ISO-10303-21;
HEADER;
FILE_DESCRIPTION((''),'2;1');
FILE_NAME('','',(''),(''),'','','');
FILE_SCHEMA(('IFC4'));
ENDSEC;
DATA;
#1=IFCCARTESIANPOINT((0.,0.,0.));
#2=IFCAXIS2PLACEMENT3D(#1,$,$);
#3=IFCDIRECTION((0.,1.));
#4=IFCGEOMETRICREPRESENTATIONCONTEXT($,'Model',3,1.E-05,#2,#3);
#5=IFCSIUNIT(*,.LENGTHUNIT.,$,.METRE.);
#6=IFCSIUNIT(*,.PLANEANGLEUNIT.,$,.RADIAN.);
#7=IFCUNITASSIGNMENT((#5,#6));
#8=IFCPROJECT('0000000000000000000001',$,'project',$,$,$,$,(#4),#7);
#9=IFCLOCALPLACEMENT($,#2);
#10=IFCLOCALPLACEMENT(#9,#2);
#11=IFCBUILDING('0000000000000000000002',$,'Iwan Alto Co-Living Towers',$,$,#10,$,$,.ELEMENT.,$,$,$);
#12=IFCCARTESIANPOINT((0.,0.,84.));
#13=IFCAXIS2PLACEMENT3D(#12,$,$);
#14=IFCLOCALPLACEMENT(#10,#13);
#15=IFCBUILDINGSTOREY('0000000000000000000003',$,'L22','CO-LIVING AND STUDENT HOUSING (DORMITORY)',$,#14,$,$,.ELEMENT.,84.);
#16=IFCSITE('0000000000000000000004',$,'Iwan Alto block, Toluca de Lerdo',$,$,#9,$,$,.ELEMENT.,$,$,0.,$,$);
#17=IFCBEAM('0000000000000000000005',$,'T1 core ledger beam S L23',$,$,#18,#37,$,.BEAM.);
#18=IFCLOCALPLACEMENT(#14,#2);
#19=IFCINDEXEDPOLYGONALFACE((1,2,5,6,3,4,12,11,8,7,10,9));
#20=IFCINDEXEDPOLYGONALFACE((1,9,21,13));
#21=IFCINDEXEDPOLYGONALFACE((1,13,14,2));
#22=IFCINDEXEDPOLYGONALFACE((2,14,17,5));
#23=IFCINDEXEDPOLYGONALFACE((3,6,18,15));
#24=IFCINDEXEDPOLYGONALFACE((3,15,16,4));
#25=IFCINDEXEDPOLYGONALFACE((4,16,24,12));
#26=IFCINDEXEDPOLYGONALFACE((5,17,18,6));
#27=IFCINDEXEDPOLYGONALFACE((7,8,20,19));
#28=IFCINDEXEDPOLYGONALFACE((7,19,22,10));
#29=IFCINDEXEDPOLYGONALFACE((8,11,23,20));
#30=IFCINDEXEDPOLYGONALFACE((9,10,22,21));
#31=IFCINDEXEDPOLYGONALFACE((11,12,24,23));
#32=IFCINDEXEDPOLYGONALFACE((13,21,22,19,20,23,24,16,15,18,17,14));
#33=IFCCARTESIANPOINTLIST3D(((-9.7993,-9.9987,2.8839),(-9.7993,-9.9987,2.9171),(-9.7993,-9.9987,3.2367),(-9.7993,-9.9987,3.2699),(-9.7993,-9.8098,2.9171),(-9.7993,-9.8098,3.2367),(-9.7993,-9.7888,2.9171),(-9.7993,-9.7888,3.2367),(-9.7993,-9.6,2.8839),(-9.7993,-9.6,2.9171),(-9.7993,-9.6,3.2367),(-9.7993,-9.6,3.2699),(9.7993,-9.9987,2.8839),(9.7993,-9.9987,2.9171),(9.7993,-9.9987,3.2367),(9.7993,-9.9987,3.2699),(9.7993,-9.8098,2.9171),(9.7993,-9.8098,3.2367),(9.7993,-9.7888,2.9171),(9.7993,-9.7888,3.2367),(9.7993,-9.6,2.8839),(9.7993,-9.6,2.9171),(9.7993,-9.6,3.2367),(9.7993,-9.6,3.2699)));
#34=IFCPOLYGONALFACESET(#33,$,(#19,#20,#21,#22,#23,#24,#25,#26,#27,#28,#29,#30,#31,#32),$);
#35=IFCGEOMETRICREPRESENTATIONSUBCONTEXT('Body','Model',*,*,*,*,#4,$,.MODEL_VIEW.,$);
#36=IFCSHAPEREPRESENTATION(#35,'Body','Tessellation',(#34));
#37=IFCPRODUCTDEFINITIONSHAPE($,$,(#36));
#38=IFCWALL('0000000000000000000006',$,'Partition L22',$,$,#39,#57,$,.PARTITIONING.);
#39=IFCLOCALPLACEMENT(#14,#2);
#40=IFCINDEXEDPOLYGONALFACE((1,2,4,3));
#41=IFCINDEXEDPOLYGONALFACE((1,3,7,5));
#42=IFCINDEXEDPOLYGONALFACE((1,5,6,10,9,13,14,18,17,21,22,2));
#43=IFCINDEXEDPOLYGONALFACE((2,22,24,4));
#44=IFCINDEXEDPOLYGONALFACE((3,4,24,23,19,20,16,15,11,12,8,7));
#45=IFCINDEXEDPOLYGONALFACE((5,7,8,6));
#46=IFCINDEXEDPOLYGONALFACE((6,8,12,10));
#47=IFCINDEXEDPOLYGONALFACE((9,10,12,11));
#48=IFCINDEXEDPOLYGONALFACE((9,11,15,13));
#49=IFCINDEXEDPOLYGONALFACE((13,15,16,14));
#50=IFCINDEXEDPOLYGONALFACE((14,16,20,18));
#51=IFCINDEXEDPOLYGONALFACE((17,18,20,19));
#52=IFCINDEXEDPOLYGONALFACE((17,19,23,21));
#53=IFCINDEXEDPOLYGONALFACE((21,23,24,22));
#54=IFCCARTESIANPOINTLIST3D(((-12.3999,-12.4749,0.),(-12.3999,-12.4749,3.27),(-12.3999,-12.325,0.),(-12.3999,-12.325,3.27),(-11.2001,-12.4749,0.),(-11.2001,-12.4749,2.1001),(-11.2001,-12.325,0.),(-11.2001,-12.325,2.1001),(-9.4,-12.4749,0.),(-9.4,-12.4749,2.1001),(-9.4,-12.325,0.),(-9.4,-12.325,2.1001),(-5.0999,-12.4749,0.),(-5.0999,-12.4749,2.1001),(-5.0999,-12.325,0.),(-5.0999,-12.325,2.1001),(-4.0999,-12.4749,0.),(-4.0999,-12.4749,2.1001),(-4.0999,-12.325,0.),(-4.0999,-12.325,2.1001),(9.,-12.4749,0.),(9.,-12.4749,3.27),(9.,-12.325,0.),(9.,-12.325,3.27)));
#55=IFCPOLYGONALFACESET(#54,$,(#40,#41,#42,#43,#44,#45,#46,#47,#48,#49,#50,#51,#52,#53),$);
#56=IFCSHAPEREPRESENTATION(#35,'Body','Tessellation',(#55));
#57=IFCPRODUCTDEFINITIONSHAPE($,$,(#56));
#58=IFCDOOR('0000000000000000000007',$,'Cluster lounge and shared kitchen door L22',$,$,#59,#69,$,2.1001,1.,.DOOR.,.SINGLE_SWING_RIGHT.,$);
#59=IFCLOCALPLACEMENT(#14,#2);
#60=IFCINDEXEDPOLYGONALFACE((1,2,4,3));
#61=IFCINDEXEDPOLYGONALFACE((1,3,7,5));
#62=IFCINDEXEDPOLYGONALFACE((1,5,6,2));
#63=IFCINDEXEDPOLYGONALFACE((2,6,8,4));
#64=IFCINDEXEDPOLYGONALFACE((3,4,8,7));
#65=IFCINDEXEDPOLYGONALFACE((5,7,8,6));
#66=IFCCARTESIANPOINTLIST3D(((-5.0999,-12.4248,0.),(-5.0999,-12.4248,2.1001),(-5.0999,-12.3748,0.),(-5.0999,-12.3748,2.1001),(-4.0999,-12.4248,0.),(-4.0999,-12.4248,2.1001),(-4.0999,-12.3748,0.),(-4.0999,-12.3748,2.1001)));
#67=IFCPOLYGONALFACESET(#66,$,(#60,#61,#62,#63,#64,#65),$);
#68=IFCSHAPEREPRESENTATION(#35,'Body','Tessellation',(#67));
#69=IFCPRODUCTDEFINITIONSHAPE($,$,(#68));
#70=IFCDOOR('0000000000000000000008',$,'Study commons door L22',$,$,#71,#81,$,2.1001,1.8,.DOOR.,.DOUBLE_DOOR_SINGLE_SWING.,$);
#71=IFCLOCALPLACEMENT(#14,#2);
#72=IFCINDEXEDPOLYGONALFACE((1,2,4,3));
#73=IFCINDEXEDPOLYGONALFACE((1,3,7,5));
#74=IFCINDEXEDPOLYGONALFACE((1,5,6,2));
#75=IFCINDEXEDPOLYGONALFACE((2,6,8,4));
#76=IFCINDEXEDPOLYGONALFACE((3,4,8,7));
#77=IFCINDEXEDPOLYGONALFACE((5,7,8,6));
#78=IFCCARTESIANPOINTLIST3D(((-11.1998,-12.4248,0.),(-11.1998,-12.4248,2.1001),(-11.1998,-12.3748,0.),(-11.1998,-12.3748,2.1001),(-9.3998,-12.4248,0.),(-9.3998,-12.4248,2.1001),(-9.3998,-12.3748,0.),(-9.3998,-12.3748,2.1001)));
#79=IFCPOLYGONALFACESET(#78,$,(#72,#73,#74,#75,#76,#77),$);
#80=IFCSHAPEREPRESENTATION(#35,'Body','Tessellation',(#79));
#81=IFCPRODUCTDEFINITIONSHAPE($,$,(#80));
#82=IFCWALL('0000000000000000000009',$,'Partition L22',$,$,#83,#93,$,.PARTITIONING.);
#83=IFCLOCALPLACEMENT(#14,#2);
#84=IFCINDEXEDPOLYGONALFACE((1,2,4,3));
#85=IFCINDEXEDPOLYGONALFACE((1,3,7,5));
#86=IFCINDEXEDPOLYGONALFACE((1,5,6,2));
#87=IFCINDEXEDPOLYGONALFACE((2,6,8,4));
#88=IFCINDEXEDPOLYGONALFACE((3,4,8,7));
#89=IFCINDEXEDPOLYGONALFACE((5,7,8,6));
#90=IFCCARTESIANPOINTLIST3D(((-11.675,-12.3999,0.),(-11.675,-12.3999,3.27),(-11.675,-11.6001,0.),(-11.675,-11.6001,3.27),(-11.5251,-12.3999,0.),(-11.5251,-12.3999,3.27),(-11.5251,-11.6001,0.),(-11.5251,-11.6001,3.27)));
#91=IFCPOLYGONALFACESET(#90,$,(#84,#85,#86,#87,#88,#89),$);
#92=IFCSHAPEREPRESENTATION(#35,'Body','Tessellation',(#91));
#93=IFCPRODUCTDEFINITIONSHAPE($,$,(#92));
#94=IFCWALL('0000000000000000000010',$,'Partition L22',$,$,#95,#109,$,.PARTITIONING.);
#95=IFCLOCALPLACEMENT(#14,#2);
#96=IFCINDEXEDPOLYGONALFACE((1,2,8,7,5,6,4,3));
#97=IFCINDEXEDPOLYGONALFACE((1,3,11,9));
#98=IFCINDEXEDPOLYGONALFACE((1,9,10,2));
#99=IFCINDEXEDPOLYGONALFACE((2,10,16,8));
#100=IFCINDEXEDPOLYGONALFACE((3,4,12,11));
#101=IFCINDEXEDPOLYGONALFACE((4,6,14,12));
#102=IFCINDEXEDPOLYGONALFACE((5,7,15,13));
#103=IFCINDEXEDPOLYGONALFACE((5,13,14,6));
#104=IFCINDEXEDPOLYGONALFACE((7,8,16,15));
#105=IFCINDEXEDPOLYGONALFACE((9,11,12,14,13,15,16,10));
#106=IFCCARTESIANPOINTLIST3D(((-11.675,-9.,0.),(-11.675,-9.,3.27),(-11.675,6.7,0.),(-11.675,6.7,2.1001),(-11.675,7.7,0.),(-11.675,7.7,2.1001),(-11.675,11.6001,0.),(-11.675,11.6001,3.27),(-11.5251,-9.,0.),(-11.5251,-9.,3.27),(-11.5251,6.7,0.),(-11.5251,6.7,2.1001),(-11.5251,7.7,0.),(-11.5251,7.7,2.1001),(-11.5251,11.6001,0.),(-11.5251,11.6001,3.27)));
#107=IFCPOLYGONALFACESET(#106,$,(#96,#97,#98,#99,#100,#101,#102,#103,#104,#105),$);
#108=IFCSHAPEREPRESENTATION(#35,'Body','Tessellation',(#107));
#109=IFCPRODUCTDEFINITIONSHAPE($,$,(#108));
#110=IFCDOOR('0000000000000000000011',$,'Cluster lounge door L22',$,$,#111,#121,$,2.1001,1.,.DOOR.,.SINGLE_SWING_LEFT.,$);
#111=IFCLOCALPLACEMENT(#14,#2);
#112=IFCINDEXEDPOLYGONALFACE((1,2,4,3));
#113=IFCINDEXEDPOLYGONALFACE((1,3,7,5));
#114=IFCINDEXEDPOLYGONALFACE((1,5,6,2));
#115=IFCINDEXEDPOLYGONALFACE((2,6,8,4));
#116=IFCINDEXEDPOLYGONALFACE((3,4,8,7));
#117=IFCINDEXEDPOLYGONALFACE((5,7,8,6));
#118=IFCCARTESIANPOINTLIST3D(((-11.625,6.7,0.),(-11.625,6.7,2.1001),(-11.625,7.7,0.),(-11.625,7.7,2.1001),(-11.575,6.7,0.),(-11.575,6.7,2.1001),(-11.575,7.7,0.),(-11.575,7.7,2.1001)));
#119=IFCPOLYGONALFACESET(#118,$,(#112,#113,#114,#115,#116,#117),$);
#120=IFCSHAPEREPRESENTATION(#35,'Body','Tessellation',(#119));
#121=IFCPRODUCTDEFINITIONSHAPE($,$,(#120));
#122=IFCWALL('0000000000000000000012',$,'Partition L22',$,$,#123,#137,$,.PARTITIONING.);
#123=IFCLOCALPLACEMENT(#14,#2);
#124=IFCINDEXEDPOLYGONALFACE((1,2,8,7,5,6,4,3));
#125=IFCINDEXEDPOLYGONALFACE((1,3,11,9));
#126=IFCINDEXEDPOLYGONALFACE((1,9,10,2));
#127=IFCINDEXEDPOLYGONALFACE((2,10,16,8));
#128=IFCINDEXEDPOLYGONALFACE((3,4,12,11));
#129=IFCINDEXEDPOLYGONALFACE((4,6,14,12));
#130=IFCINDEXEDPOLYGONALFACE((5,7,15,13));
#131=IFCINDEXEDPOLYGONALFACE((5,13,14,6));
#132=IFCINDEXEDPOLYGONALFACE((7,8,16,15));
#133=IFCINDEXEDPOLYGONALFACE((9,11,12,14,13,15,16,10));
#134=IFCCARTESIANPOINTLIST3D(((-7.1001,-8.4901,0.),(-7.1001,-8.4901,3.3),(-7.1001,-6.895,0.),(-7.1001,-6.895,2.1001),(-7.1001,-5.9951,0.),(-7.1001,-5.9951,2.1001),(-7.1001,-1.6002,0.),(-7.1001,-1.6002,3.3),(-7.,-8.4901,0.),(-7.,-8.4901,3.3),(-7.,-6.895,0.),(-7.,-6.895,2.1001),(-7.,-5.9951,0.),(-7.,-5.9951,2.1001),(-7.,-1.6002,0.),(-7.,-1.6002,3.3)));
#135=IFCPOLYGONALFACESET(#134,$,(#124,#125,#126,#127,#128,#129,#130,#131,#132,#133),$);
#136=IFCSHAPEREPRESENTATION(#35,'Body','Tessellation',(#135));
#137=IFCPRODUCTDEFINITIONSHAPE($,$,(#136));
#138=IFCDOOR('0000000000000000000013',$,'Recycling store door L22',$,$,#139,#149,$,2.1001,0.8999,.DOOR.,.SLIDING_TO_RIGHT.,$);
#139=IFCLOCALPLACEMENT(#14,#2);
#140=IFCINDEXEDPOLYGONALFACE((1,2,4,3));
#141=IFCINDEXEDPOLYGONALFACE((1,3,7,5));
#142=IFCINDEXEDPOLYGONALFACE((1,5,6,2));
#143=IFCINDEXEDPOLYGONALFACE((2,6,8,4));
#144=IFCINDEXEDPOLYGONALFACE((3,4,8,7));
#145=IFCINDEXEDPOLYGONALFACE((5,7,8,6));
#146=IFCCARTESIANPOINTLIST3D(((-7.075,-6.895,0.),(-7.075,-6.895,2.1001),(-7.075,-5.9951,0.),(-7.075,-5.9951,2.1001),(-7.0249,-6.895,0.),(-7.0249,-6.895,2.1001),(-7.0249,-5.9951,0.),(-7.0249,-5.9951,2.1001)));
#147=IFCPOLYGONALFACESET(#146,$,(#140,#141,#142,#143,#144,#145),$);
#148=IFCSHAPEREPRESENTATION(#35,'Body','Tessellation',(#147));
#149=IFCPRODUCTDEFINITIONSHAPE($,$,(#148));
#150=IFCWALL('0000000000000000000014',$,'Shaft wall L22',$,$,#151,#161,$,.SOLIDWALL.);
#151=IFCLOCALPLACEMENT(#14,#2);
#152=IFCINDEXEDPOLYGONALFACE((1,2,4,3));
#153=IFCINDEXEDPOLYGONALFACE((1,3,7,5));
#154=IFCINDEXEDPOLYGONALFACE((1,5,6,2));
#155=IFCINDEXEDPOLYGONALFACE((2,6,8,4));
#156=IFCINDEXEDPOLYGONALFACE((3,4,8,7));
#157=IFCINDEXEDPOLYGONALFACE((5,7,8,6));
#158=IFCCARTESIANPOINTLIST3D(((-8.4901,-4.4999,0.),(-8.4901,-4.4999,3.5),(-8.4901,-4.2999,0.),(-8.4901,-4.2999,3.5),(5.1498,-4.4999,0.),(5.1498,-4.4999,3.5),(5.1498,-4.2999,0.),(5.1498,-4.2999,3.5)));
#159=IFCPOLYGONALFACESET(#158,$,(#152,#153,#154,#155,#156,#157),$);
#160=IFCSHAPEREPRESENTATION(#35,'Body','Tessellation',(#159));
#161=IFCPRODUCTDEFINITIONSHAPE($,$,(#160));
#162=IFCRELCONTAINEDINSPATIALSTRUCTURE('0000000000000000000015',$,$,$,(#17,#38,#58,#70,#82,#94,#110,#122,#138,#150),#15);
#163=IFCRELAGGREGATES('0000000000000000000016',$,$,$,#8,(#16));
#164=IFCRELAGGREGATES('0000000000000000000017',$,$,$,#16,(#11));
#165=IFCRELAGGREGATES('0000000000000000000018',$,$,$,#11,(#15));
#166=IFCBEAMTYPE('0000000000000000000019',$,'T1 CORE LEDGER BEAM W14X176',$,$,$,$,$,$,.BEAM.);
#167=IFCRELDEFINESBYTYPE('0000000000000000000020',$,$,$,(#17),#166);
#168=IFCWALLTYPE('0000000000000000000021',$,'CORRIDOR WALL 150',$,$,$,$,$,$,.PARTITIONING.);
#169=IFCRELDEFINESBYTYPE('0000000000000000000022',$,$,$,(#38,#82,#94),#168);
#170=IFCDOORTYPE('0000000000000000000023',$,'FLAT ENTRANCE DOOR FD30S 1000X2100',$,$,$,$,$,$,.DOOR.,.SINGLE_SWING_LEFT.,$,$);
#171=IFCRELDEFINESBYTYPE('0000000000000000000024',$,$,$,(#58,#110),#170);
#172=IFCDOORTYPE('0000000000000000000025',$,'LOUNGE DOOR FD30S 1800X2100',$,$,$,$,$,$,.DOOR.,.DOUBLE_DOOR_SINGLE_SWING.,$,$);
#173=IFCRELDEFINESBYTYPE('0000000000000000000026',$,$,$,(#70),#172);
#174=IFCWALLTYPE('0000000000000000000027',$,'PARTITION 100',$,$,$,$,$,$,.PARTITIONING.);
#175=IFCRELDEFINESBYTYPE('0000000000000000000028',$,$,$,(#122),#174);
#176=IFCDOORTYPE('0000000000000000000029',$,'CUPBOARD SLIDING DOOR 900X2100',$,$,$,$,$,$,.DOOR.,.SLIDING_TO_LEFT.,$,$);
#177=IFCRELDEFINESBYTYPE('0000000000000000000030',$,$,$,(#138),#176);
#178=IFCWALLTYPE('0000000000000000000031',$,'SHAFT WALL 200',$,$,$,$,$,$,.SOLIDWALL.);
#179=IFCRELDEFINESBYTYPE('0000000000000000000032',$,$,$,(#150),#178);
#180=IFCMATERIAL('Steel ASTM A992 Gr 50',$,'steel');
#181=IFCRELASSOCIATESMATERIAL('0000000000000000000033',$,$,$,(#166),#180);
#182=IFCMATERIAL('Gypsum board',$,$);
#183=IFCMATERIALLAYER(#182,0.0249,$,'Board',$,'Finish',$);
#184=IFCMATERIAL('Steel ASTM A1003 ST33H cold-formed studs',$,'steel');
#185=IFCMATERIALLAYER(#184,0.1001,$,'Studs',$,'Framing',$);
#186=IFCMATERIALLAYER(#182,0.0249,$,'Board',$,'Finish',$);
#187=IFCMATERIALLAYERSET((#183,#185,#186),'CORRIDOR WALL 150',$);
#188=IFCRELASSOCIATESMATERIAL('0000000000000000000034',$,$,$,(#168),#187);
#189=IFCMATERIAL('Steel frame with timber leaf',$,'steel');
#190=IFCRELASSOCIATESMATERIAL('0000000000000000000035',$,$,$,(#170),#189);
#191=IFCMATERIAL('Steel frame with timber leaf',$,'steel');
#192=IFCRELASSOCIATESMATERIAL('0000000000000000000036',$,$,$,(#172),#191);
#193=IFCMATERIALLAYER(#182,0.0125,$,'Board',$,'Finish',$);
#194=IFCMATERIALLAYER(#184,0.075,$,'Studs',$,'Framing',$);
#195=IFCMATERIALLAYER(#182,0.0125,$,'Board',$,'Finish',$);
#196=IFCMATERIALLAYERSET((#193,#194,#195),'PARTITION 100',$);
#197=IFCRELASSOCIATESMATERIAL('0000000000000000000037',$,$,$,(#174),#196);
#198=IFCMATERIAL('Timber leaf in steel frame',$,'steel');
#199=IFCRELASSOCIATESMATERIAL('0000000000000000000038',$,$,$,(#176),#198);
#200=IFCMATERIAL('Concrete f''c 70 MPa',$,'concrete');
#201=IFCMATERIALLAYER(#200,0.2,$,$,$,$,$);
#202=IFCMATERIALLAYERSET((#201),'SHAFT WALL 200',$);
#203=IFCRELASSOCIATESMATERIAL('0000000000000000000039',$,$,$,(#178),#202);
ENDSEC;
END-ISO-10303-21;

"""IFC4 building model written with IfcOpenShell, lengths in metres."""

from ifc_helpers import new_model, si_unit, direction, frame, frame_2d, origin, origin_2d, place, context, subcontext, project, spatial, rectangle, i_section, extrude, material, layer, layer_set, material_profile, profile_set, type_object, element, fill, save


model = new_model("IFC4")

# Units and contexts
model_context = context("Model", 3, precision=1e-05, world=origin(), true_north=direction((0.0, 1.0)))
body_context = subcontext(model_context, "Body", "Model", "MODEL_VIEW")
ifc_project = project(units=[si_unit("LENGTHUNIT", "METRE"), si_unit("PLANEANGLEUNIT", "RADIAN")], contexts=[model_context])

# Site, building, storey
site_placement = place(None, origin())
site = spatial("IfcSite", under=ifc_project, at=site_placement, Name="Iwan Alto block, Toluca de Lerdo", CompositionType="ELEMENT", RefElevation=0.0)
building_placement = place(site_placement, origin())
building = spatial("IfcBuilding", under=site, at=building_placement, Name="Iwan Alto Co-Living Towers", CompositionType="ELEMENT")
storey_placement = place(building_placement, frame((0.0, 0.0, 84.0)))
storey = spatial("IfcBuildingStorey", under=building, at=storey_placement, Name="L22", Description="CO-LIVING AND STUDENT HOUSING (DORMITORY)", CompositionType="ELEMENT", Elevation=84.0)

# Beam
ifc_material_1 = material(Name="Steel ASTM A992 Gr 50", Category="steel")
ifc_material_profile = material_profile(ifc_material_1, i_section(OverallWidth=0.3987, OverallDepth=0.386, WebThickness=0.021, FlangeThickness=0.0332, at=origin_2d()), Name="W14X176")
ifc_profile_set = profile_set([ifc_material_profile], Name="Steel ASTM A992 Gr 50")
beam_type = type_object("IfcBeamType", Name="T1 CORE LEDGER BEAM W14X176", PredefinedType="BEAM", material=ifc_profile_set)
beam_placement = place(storey_placement, frame((-9.7993, -9.7993, 3.0769), z_axis=(1.0, 0.0, 0.0), x_axis=(0.0, 1.0, 0.0)))
element("IfcBeam", 1, at=beam_placement, inside=storey, type_object=beam_type, Name="T1 core ledger beam S L23", PredefinedType="BEAM", context=body_context, shape_type="SweptSolid", body=[
    extrude(i_section(OverallWidth=0.3987, OverallDepth=0.386, WebThickness=0.021, FlangeThickness=0.0332, at=origin_2d()), origin(), (0.0, 0.0, 1.0), 19.5986),
])

# Wall, openings, doors
ifc_material_2 = material(Name="Gypsum board")
ifc_layer_1 = layer(ifc_material_2, 0.0249, Name="Board", Category="Finish")
ifc_material_3 = material(Name="Steel ASTM A1003 ST33H cold-formed studs", Category="steel")
ifc_layer_2 = layer(ifc_material_3, 0.1001, Name="Studs", Category="Framing")
ifc_layer_3 = layer(ifc_material_2, 0.0249, Name="Board", Category="Finish")
ifc_layer_set_1 = layer_set([ifc_layer_1, ifc_layer_2, ifc_layer_3], Name="CORRIDOR WALL 150")
wall_type_1 = type_object("IfcWallType", Name="CORRIDOR WALL 150", PredefinedType="PARTITIONING", material=ifc_layer_set_1)
wall_1_placement = place(storey_placement, frame((-12.3999, -12.3999, 0.0), z_axis=(0.0, 0.0, 1.0), x_axis=(1.0, 0.0, 0.0)))
wall_1 = element("IfcWall", 2, at=wall_1_placement, inside=storey, type_object=wall_type_1, Name="Partition L22", PredefinedType="PARTITIONING", context=body_context, shape_type="SweptSolid", body=[
    extrude(rectangle(XDim=21.3999, YDim=0.1499, at=frame_2d((10.7, 0.0))), origin(), (0.0, 0.0, 1.0), 3.27),
])
opening_1_placement = place(wall_1_placement, frame((1.2, 0.0, 0.0)))
opening_1 = element("IfcOpeningElement", 3, at=opening_1_placement, cuts=wall_1, PredefinedType="OPENING", context=body_context, shape_type="SweptSolid", body=[
    extrude(rectangle(XDim=1.8, YDim=2.1001, at=frame_2d((0.8999, 1.05))), frame((0.0, 0.085, 0.0), z_axis=(0.0, -1.0, 0.0), x_axis=(1.0, 0.0, 0.0)), (0.0, 0.0, 1.0), 0.1699),
])
opening_2_placement = place(wall_1_placement, frame((7.3, 0.0, 0.0)))
opening_2 = element("IfcOpeningElement", 4, at=opening_2_placement, cuts=wall_1, PredefinedType="OPENING", context=body_context, shape_type="SweptSolid", body=[
    extrude(rectangle(XDim=1.0, YDim=2.1001, at=frame_2d((0.5, 1.05))), frame((0.0, 0.085, 0.0), z_axis=(0.0, -1.0, 0.0), x_axis=(1.0, 0.0, 0.0)), (0.0, 0.0, 1.0), 0.1699),
])
ifc_material_4 = material(Name="Steel frame with timber leaf", Category="steel")
door_type_1 = type_object("IfcDoorType", Name="FLAT ENTRANCE DOOR FD30S 1000X2100", OperationType="SINGLE_SWING_LEFT", PredefinedType="DOOR", material=ifc_material_4)
door_1_placement = place(opening_2_placement, frame((1.0, 0.0, 0.0), z_axis=(0.0, 0.0, 1.0), x_axis=(-1.0, 0.0, 0.0)))
door_1 = element("IfcDoor", 5, at=door_1_placement, inside=storey, type_object=door_type_1, Name="Cluster lounge and shared kitchen door L22", OperationType="SINGLE_SWING_RIGHT", OverallHeight=2.1001, OverallWidth=1.0, PredefinedType="DOOR", context=body_context, shape_type="SweptSolid", body=[
    extrude(rectangle(XDim=1.0, YDim=2.1001, at=frame_2d((0.5, 1.05))), frame((0.0, 0.0249, 0.0), z_axis=(0.0, -1.0, 0.0), x_axis=(1.0, 0.0, 0.0)), (0.0, 0.0, 1.0), 0.05),
])
fill(opening_2, door_1)
ifc_material_5 = material(Name="Steel frame with timber leaf", Category="steel")
door_type_2 = type_object("IfcDoorType", Name="LOUNGE DOOR FD30S 1800X2100", OperationType="DOUBLE_DOOR_SINGLE_SWING", PredefinedType="DOOR", material=ifc_material_5)
door_2_placement = place(opening_1_placement, frame((1.8, 0.0, 0.0), z_axis=(0.0, 0.0, 1.0), x_axis=(-1.0, 0.0, 0.0)))
door_2 = element("IfcDoor", 6, at=door_2_placement, inside=storey, type_object=door_type_2, Name="Study commons door L22", OperationType="DOUBLE_DOOR_SINGLE_SWING", OverallHeight=2.1001, OverallWidth=1.8, PredefinedType="DOOR", context=body_context, shape_type="SweptSolid", body=[
    extrude(rectangle(XDim=1.8, YDim=2.1001, at=frame_2d((0.8999, 1.05))), frame((0.0, 0.0249, 0.0), z_axis=(0.0, -1.0, 0.0), x_axis=(1.0, 0.0, 0.0)), (0.0, 0.0, 1.0), 0.05),
])
fill(opening_1, door_2)

# Wall
wall_2_placement = place(storey_placement, frame((-11.6001, -12.3999, 0.0), z_axis=(0.0, 0.0, 1.0), x_axis=(0.0, 1.0, 0.0)))
element("IfcWall", 7, at=wall_2_placement, inside=storey, type_object=wall_type_1, Name="Partition L22", PredefinedType="PARTITIONING", context=body_context, shape_type="SweptSolid", body=[
    extrude(rectangle(XDim=0.7998, YDim=0.1499, at=frame_2d((0.3999, 0.0))), origin(), (0.0, 0.0, 1.0), 3.27),
])

# Walls, openings, doors
wall_3_placement = place(storey_placement, frame((-11.6001, -9.0, 0.0), z_axis=(0.0, 0.0, 1.0), x_axis=(0.0, 1.0, 0.0)))
wall_3 = element("IfcWall", 8, at=wall_3_placement, inside=storey, type_object=wall_type_1, Name="Partition L22", PredefinedType="PARTITIONING", context=body_context, shape_type="SweptSolid", body=[
    extrude(rectangle(XDim=20.6001, YDim=0.1499, at=frame_2d((10.3, 0.0))), origin(), (0.0, 0.0, 1.0), 3.27),
])
opening_3_placement = place(wall_3_placement, frame((15.7, 0.0, 0.0)))
opening_3 = element("IfcOpeningElement", 9, at=opening_3_placement, cuts=wall_3, PredefinedType="OPENING", context=body_context, shape_type="SweptSolid", body=[
    extrude(rectangle(XDim=1.0, YDim=2.1001, at=frame_2d((0.5, 1.05))), frame((0.0, 0.085, 0.0), z_axis=(0.0, -1.0, 0.0), x_axis=(1.0, 0.0, 0.0)), (0.0, 0.0, 1.0), 0.1699),
])
door_3_placement = place(opening_3_placement, origin())
door_3 = element("IfcDoor", 10, at=door_3_placement, inside=storey, type_object=door_type_1, Name="Cluster lounge door L22", OperationType="SINGLE_SWING_LEFT", OverallHeight=2.1001, OverallWidth=1.0, PredefinedType="DOOR", context=body_context, shape_type="SweptSolid", body=[
    extrude(rectangle(XDim=1.0, YDim=2.1001, at=frame_2d((0.5, 1.05))), frame((0.0, 0.0249, 0.0), z_axis=(0.0, -1.0, 0.0), x_axis=(1.0, 0.0, 0.0)), (0.0, 0.0, 1.0), 0.05),
])
fill(opening_3, door_3)
ifc_layer_4 = layer(ifc_material_2, 0.0125, Name="Board", Category="Finish")
ifc_layer_5 = layer(ifc_material_3, 0.075, Name="Studs", Category="Framing")
ifc_layer_6 = layer(ifc_material_2, 0.0125, Name="Board", Category="Finish")
ifc_layer_set_2 = layer_set([ifc_layer_4, ifc_layer_5, ifc_layer_6], Name="PARTITION 100")
wall_type_2 = type_object("IfcWallType", Name="PARTITION 100", PredefinedType="PARTITIONING", material=ifc_layer_set_2)
wall_4_placement = place(storey_placement, frame((-7.05, -8.49, 0.0), z_axis=(0.0, 0.0, 1.0), x_axis=(0.0, 1.0, 0.0)))
wall_4 = element("IfcWall", 11, at=wall_4_placement, inside=storey, type_object=wall_type_2, Name="Partition L22", PredefinedType="PARTITIONING", context=body_context, shape_type="SweptSolid", body=[
    extrude(rectangle(XDim=6.8899, YDim=0.1001, at=frame_2d((3.4448, 0.0))), origin(), (0.0, 0.0, 1.0), 3.3),
])
opening_4_placement = place(wall_4_placement, frame((1.595, 0.0, 0.0)))
opening_4 = element("IfcOpeningElement", 12, at=opening_4_placement, cuts=wall_4, PredefinedType="OPENING", context=body_context, shape_type="SweptSolid", body=[
    extrude(rectangle(XDim=0.8999, YDim=2.1001, at=frame_2d((0.45, 1.05))), frame((0.0, 0.0601, 0.0), z_axis=(0.0, -1.0, 0.0), x_axis=(1.0, 0.0, 0.0)), (0.0, 0.0, 1.0), 0.1201),
])
ifc_material_6 = material(Name="Timber leaf in steel frame", Category="steel")
door_type_3 = type_object("IfcDoorType", Name="CUPBOARD SLIDING DOOR 900X2100", OperationType="SLIDING_TO_LEFT", PredefinedType="DOOR", material=ifc_material_6)
door_4_placement = place(opening_4_placement, origin())
door_4 = element("IfcDoor", 13, at=door_4_placement, inside=storey, type_object=door_type_3, Name="Recycling store door L22", OperationType="SLIDING_TO_RIGHT", OverallHeight=2.1001, OverallWidth=0.8999, PredefinedType="DOOR", context=body_context, shape_type="SweptSolid", body=[
    extrude(rectangle(XDim=0.8999, YDim=2.1001, at=frame_2d((0.45, 1.05))), frame((0.0, 0.0249, 0.0), z_axis=(0.0, -1.0, 0.0), x_axis=(1.0, 0.0, 0.0)), (0.0, 0.0, 1.0), 0.05),
])
fill(opening_4, door_4)

# Wall
ifc_material_7 = material(Name="Concrete f'c 70 MPa", Category="concrete")
ifc_layer_7 = layer(ifc_material_7, 0.2)
ifc_layer_set_3 = layer_set([ifc_layer_7], Name="SHAFT WALL 200")
wall_type_3 = type_object("IfcWallType", Name="SHAFT WALL 200", PredefinedType="SOLIDWALL", material=ifc_layer_set_3)
wall_5_placement = place(storey_placement, frame((-8.49, -4.3999, 0.0), z_axis=(0.0, 0.0, 1.0), x_axis=(1.0, 0.0, 0.0)))
element("IfcWall", 14, at=wall_5_placement, inside=storey, type_object=wall_type_3, Name="Shaft wall L22", PredefinedType="SOLIDWALL", context=body_context, shape_type="SweptSolid", body=[
    extrude(rectangle(XDim=13.6399, YDim=0.2, at=frame_2d((6.8198, 0.0))), origin(), (0.0, 0.0, 1.0), 3.5),
])

save(model, "model.ifc")
